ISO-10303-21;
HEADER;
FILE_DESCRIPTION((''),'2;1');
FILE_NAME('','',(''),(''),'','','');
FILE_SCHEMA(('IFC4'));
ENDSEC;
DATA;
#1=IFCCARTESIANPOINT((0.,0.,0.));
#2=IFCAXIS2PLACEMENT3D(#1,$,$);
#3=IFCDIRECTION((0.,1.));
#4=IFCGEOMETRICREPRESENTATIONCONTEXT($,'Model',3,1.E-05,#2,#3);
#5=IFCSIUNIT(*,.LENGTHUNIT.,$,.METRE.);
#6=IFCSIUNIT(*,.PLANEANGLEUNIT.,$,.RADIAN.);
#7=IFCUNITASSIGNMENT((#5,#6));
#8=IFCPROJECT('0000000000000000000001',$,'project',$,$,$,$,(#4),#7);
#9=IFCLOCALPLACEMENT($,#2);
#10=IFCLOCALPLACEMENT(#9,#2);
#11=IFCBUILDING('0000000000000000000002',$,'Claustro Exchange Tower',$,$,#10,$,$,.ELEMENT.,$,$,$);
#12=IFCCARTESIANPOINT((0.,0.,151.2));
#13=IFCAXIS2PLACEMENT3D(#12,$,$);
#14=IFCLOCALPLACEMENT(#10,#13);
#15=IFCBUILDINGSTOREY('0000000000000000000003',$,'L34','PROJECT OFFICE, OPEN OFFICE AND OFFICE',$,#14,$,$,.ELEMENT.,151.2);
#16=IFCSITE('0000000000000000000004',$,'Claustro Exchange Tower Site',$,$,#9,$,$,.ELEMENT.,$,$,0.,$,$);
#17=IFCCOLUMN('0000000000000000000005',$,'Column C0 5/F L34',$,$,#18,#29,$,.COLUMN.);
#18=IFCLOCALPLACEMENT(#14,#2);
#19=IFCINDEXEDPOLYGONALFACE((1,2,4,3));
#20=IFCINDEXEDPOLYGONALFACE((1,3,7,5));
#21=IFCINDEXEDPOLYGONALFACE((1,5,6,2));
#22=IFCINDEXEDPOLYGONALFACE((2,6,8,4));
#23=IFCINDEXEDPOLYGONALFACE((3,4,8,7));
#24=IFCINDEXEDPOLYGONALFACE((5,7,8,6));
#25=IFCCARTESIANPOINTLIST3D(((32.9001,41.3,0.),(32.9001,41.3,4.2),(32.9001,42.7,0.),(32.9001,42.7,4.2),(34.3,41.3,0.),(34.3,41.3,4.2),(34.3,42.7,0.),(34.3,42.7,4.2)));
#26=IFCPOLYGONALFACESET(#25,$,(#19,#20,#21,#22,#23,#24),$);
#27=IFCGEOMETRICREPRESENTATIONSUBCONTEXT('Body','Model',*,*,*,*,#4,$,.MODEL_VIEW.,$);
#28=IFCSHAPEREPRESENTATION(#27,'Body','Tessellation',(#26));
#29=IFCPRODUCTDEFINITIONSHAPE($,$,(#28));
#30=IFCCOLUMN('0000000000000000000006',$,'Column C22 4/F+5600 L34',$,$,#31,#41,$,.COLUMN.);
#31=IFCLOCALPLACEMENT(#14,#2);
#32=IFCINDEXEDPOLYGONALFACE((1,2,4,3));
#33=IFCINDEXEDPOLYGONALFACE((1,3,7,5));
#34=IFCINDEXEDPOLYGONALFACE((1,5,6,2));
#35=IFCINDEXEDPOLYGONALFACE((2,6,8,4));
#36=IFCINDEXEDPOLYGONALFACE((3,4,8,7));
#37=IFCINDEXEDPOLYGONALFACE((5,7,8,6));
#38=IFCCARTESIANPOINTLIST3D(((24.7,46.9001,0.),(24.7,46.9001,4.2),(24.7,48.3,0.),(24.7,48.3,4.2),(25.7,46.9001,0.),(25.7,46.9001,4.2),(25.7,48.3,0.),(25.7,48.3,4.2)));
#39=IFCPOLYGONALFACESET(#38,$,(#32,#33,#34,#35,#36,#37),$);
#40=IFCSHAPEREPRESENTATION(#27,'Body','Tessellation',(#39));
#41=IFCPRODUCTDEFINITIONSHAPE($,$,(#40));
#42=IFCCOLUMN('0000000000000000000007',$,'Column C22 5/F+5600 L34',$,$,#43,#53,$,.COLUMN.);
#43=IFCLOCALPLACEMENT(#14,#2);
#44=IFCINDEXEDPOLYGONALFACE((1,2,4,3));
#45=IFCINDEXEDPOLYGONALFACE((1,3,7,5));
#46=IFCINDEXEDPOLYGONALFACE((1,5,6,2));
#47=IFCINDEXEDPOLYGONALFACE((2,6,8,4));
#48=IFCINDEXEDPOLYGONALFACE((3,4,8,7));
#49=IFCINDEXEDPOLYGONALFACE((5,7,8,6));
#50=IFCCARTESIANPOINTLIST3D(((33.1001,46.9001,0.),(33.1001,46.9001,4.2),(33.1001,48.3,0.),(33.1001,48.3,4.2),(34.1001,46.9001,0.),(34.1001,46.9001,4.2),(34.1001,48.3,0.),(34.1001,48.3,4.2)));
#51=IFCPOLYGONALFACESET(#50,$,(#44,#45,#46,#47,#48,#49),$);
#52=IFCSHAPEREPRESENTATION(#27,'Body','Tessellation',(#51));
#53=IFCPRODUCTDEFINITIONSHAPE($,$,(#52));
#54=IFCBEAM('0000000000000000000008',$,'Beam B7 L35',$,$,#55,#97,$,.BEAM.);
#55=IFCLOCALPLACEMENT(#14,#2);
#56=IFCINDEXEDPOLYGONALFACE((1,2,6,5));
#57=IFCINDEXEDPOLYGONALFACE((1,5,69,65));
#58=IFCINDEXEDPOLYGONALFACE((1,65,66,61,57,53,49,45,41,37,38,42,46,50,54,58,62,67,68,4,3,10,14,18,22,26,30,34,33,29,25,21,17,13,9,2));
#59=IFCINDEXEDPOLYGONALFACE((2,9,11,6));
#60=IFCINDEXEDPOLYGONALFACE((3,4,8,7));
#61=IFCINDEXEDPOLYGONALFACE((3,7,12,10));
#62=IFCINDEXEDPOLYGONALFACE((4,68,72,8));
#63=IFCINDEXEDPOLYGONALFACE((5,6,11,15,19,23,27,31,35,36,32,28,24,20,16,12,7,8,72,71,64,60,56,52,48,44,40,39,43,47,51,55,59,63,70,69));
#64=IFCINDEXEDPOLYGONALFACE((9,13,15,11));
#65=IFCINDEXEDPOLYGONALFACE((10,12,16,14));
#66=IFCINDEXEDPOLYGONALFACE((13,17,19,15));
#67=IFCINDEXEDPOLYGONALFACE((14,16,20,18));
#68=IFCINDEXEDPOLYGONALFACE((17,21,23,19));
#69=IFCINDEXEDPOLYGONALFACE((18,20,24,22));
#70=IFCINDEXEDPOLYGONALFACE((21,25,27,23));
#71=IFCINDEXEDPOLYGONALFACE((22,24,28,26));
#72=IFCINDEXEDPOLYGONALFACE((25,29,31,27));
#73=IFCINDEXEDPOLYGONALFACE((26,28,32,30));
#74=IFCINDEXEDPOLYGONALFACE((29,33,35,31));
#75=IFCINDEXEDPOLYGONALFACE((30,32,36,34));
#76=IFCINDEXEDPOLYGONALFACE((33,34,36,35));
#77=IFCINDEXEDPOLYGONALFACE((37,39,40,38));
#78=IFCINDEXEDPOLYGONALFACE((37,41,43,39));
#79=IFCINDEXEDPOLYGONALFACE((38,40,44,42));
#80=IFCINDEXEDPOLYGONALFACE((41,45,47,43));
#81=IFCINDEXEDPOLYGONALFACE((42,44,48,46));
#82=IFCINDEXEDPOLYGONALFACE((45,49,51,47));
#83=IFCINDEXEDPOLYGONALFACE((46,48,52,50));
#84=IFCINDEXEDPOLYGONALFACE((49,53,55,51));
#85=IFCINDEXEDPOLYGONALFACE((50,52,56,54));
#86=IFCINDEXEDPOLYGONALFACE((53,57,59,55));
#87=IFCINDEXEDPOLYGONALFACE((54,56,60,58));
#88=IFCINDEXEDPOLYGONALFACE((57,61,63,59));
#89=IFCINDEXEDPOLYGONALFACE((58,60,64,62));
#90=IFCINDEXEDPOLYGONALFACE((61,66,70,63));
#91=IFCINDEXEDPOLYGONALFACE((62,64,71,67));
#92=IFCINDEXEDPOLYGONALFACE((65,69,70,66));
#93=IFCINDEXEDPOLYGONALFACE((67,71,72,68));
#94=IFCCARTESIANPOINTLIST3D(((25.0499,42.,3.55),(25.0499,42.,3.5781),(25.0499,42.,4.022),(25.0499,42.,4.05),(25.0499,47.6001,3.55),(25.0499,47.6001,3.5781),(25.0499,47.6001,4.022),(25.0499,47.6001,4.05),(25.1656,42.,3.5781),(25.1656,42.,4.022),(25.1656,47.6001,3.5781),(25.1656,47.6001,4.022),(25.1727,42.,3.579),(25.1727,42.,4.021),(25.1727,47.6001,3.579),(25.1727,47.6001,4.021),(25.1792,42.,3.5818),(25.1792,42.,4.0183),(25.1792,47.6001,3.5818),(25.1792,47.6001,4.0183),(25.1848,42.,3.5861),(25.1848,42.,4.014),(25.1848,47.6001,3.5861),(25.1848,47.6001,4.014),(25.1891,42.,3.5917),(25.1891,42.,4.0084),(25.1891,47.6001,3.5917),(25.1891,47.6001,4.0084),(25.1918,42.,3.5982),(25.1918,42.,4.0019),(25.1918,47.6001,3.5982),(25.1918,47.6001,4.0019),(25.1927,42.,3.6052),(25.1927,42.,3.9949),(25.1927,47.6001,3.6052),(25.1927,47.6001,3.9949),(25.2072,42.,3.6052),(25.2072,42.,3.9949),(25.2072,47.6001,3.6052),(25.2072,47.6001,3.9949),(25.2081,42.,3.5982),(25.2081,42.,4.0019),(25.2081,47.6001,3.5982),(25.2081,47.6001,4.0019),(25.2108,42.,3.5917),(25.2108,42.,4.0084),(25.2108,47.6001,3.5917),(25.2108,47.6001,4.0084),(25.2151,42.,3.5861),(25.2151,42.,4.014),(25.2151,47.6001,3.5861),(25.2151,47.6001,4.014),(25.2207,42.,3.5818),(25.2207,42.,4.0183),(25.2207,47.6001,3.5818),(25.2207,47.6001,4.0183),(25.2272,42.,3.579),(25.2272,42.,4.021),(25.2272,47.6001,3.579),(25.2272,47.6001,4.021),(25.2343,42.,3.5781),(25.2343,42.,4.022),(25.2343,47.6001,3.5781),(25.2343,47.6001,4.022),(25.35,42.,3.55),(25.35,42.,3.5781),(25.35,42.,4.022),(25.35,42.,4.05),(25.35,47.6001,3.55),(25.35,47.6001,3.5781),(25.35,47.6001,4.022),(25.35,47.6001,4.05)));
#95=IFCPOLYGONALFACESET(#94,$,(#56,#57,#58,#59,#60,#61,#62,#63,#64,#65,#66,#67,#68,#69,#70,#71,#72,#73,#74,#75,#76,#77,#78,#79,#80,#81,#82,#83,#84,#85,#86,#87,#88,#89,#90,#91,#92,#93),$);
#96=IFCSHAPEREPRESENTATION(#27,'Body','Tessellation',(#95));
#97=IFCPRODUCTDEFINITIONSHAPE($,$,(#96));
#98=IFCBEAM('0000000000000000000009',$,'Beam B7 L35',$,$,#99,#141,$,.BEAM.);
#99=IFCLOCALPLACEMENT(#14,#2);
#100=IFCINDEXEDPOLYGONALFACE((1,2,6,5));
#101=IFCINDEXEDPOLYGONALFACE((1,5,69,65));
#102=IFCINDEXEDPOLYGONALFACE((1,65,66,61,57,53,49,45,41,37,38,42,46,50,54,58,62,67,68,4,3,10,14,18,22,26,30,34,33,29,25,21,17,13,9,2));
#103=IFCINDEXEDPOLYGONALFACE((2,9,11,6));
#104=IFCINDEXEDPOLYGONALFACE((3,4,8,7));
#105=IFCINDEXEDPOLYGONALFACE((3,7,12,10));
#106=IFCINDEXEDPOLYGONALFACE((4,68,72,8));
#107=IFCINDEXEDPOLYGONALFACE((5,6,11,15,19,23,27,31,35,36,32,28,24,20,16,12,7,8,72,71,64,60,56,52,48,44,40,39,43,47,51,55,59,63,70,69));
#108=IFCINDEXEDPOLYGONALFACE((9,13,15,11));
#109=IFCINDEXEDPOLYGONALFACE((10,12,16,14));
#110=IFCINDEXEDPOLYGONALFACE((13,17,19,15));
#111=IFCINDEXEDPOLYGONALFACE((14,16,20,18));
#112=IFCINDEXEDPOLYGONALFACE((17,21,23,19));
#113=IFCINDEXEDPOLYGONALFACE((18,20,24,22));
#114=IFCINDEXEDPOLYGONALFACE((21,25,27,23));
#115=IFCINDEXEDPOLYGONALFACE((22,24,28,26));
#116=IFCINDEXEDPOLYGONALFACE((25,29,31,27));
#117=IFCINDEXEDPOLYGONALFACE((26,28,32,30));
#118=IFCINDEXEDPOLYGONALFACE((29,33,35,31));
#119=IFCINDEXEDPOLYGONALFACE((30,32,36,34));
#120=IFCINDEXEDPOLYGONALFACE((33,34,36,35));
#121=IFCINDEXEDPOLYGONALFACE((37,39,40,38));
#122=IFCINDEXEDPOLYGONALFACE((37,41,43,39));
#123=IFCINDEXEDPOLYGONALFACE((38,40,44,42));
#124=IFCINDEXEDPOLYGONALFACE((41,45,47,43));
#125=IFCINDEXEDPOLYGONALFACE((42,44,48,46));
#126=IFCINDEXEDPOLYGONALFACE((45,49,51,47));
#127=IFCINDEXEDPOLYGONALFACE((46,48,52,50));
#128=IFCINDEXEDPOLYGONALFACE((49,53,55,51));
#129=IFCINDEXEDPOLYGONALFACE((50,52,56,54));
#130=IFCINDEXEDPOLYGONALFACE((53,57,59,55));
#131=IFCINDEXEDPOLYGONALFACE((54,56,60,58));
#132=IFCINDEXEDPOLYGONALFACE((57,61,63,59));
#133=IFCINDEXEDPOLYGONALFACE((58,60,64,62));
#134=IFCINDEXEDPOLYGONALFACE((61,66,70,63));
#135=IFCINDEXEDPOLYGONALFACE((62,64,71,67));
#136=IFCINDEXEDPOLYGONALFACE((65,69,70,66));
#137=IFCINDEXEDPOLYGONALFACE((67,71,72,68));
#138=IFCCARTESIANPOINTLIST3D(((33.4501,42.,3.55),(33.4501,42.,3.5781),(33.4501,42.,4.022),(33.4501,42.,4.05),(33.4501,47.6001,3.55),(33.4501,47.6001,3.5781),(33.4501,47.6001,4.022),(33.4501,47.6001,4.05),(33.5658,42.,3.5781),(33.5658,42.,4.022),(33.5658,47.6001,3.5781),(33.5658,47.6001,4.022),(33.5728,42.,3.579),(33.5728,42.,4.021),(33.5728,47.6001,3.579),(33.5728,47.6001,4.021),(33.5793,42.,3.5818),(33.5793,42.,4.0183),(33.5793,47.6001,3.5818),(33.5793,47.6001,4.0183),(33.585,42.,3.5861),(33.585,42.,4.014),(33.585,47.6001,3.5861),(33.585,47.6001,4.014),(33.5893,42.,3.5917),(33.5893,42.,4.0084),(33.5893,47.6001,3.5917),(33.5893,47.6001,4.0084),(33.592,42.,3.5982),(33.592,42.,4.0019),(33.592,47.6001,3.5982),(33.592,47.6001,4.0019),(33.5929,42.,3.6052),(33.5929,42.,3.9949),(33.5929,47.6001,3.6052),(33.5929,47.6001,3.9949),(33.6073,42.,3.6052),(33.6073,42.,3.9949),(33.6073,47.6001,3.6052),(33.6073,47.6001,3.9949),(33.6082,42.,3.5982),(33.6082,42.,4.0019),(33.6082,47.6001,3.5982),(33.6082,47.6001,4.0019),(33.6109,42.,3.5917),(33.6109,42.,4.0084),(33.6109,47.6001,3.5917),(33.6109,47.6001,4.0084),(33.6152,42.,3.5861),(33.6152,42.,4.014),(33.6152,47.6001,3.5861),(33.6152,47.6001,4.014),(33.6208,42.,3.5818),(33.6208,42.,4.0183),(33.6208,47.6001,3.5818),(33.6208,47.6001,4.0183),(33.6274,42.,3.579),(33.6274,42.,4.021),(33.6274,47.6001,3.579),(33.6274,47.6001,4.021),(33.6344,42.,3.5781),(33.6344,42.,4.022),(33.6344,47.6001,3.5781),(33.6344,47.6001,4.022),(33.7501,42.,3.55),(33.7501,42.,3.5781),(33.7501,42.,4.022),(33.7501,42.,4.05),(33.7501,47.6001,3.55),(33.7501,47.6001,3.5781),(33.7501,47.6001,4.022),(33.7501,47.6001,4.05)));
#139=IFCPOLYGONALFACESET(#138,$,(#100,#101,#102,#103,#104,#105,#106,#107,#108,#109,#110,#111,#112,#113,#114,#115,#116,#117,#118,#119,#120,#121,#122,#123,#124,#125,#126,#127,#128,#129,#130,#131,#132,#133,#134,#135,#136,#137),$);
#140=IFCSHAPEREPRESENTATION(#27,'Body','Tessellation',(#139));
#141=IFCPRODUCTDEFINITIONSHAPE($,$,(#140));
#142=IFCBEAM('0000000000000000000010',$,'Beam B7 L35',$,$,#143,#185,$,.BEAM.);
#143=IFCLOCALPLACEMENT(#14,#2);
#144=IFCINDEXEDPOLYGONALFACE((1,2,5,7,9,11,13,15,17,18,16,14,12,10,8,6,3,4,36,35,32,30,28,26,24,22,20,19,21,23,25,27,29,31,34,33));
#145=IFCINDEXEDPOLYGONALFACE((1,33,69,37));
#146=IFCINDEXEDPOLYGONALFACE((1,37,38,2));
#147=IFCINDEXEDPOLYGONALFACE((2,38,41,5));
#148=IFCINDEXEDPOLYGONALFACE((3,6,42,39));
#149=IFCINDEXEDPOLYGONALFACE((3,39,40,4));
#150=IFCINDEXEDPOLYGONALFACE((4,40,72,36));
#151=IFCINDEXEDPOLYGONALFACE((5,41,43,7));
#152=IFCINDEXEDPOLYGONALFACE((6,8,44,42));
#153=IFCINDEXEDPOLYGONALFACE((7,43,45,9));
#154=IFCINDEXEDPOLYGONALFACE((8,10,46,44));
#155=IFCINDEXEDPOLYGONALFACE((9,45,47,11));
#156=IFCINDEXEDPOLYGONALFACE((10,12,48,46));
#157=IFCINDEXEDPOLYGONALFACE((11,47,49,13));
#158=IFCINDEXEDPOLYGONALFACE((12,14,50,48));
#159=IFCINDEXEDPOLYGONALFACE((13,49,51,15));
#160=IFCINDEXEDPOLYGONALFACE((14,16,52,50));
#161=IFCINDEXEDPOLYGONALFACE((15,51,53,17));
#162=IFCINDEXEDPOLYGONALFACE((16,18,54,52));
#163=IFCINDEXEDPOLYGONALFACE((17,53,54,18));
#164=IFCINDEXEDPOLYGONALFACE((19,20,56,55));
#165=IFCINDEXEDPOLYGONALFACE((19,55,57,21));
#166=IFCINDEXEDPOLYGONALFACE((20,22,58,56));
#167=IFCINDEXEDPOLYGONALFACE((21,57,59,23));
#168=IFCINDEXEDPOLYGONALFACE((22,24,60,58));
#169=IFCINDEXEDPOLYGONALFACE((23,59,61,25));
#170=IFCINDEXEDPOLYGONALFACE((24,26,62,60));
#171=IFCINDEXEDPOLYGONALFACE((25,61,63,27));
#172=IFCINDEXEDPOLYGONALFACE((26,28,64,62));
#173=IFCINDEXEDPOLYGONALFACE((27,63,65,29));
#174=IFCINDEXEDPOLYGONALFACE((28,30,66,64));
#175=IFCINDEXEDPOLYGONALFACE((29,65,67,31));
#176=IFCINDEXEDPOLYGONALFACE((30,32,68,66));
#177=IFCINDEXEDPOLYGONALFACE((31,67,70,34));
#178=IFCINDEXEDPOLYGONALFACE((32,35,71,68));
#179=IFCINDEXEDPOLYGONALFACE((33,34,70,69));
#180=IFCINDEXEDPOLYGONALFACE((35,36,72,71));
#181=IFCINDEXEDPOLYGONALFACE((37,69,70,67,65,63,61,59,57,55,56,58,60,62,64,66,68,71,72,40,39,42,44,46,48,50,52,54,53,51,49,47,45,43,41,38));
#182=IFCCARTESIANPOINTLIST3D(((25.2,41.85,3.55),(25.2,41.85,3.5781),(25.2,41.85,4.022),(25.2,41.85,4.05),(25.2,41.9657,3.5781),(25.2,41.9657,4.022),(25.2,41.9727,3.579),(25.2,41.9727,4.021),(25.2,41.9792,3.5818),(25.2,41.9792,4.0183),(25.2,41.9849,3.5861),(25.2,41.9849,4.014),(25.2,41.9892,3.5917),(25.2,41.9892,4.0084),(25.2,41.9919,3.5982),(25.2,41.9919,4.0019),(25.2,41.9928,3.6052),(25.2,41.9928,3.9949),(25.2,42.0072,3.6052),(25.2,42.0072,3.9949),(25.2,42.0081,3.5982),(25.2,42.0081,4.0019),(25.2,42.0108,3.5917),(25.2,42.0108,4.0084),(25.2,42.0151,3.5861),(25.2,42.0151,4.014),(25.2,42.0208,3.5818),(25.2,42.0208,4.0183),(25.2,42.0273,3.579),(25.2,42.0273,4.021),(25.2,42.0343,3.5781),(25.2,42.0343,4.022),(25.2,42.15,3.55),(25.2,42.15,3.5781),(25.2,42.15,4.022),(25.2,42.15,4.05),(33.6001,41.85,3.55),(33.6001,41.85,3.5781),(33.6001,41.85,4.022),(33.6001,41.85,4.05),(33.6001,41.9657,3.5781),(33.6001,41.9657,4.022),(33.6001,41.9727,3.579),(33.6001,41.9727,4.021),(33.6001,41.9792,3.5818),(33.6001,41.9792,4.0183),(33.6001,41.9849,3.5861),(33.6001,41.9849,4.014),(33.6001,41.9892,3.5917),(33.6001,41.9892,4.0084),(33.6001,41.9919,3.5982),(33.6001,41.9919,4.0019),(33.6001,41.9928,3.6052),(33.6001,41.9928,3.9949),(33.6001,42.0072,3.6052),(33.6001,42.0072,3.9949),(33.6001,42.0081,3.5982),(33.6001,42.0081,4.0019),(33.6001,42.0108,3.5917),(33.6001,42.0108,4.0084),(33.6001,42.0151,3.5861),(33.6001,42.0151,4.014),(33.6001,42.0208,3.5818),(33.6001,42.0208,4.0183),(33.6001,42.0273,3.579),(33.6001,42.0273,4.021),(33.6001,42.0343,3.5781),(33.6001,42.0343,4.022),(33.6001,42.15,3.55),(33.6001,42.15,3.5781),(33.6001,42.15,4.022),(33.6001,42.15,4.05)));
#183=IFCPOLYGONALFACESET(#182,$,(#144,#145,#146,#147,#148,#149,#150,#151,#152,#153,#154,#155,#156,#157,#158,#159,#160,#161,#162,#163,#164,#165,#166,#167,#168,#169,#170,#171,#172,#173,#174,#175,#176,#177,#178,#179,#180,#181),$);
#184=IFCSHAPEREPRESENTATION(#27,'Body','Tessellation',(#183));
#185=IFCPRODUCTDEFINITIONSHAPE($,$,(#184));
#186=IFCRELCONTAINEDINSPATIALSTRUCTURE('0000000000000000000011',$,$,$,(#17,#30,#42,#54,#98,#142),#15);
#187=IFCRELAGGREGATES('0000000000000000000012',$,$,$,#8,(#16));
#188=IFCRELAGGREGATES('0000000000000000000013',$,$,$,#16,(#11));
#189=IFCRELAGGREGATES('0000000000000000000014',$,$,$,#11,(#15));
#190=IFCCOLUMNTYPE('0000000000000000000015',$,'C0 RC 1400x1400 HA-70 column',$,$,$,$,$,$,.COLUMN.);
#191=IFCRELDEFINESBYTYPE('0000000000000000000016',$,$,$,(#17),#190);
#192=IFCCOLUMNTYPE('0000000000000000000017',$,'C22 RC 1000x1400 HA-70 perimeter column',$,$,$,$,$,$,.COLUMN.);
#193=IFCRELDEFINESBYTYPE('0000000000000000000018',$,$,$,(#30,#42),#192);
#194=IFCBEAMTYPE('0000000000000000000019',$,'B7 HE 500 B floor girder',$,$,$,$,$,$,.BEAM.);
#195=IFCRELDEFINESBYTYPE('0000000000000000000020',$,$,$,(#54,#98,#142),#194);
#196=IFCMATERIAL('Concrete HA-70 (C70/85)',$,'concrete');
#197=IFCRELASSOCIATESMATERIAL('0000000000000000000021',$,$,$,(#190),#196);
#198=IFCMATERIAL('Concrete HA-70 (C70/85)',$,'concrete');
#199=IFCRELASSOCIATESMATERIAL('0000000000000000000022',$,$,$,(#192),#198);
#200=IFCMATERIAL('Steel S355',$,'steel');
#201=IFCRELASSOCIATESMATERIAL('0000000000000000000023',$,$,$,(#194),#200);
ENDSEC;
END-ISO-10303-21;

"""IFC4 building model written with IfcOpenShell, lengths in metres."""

from ifc_helpers import new_model, si_unit, direction, frame, origin, origin_2d, place, context, subcontext, project, spatial, rectangle, i_section, extrude, material, material_profile, profile_set, type_object, element, save


model = new_model("IFC4")

# Units and contexts
model_context = context("Model", 3, precision=1e-05, world=origin(), true_north=direction((0.0, 1.0)))
body_context = subcontext(model_context, "Body", "Model", "MODEL_VIEW")
ifc_project = project(units=[si_unit("LENGTHUNIT", "METRE"), si_unit("PLANEANGLEUNIT", "RADIAN")], contexts=[model_context])

# Site, building, storey
site_placement = place(None, origin())
site = spatial("IfcSite", under=ifc_project, at=site_placement, Name="Claustro Exchange Tower Site", CompositionType="ELEMENT", RefElevation=0.0)
building_placement = place(site_placement, origin())
building = spatial("IfcBuilding", under=site, at=building_placement, Name="Claustro Exchange Tower", CompositionType="ELEMENT")
storey_placement = place(building_placement, frame((0.0, 0.0, 151.2)))
storey = spatial("IfcBuildingStorey", under=building, at=storey_placement, Name="L34", Description="PROJECT OFFICE, OPEN OFFICE AND OFFICE", CompositionType="ELEMENT", Elevation=151.2)

# Columns
ifc_material_1 = material(Name="Concrete HA-70 (C70/85)", Category="concrete")
ifc_material_profile_1 = material_profile(ifc_material_1, rectangle(XDim=1.3999, YDim=1.3999, at=origin_2d()), Name="RC 1400x1400")
ifc_profile_set_1 = profile_set([ifc_material_profile_1], Name="Concrete HA-70 (C70/85)")
column_type_1 = type_object("IfcColumnType", Name="C0 RC 1400x1400 HA-70 column", PredefinedType="COLUMN", material=ifc_profile_set_1)
column_placement = place(storey_placement, frame((33.6001, 42.0, 0.0), z_axis=(0.0, 0.0, 1.0), x_axis=(1.0, 0.0, 0.0)))
element("IfcColumn", 1, at=column_placement, inside=storey, type_object=column_type_1, Name="Column C0 5/F L34", PredefinedType="COLUMN", context=body_context, shape_type="SweptSolid", body=[
    extrude(rectangle(XDim=1.3999, YDim=1.3999, at=origin_2d()), origin(), (0.0, 0.0, 1.0), 4.2),
])
ifc_material_2 = material(Name="Concrete HA-70 (C70/85)", Category="concrete")
ifc_material_profile_2 = material_profile(ifc_material_2, rectangle(XDim=1.0, YDim=1.3999, at=origin_2d()), Name="RC 1000x1400")
ifc_profile_set_2 = profile_set([ifc_material_profile_2], Name="Concrete HA-70 (C70/85)")
column_type_2 = type_object("IfcColumnType", Name="C22 RC 1000x1400 HA-70 perimeter column", PredefinedType="COLUMN", material=ifc_profile_set_2)
for number, where, z_axis, x_axis, name in (
    (2, (25.2, 47.6001, 0.0), (0.0, 0.0, 1.0), (1.0, 0.0, 0.0), "Column C22 4/F+5600 L34"),
    (3, (33.6001, 47.6001, 0.0), (0.0, 0.0, 1.0), (1.0, 0.0, 0.0), "Column C22 5/F+5600 L34"),
):
    element("IfcColumn", number, at=place(storey_placement, frame(where, z_axis=z_axis, x_axis=x_axis)), inside=storey, type_object=column_type_2, Name=name, PredefinedType="COLUMN", context=body_context, shape_type="SweptSolid", body=[
        extrude(rectangle(XDim=1.0, YDim=1.3999, at=origin_2d()), origin(), (0.0, 0.0, 1.0), 4.2),
    ])

# Beams
ifc_material_3 = material(Name="Steel S355", Category="steel")
ifc_material_profile_3 = material_profile(ifc_material_3, i_section(OverallWidth=0.3, OverallDepth=0.5, WebThickness=0.0144, FlangeThickness=0.0281, FilletRadius=0.0271, at=origin_2d()), Name="HE 500 B")
ifc_profile_set_3 = profile_set([ifc_material_profile_3], Name="Steel S355")
beam_type_1 = type_object("IfcBeamType", Name="B7 HE 500 B floor girder", PredefinedType="BEAM", material=ifc_profile_set_3)
for number, where, z_axis, x_axis, name in (
    (4, (25.2, 42.0, 3.8), (0.0, 1.0, 0.0), (-1.0, 0.0, 0.0), "Beam B7 L35"),
    (5, (33.6001, 42.0, 3.8), (0.0, 1.0, 0.0), (-1.0, 0.0, 0.0), "Beam B7 L35"),
):
    element("IfcBeam", number, at=place(storey_placement, frame(where, z_axis=z_axis, x_axis=x_axis)), inside=storey, type_object=beam_type_1, Name=name, PredefinedType="BEAM", context=body_context, shape_type="SweptSolid", body=[
        extrude(i_section(OverallWidth=0.3, OverallDepth=0.5, WebThickness=0.0144, FlangeThickness=0.0281, FilletRadius=0.0271, at=origin_2d()), origin(), (0.0, 0.0, 1.0), 5.6001),
    ])
beam_1_placement = place(storey_placement, frame((25.2, 42.0, 3.8), z_axis=(1.0, 0.0, 0.0), x_axis=(0.0, 1.0, 0.0)))
element("IfcBeam", 6, at=beam_1_placement, inside=storey, type_object=beam_type_1, Name="Beam B7 L35", PredefinedType="BEAM", context=body_context, shape_type="SweptSolid", body=[
    extrude(i_section(OverallWidth=0.3, OverallDepth=0.5, WebThickness=0.0144, FlangeThickness=0.0281, FilletRadius=0.0271, at=origin_2d()), origin(), (0.0, 0.0, 1.0), 8.4001),
])

save(model, "model.ifc")
